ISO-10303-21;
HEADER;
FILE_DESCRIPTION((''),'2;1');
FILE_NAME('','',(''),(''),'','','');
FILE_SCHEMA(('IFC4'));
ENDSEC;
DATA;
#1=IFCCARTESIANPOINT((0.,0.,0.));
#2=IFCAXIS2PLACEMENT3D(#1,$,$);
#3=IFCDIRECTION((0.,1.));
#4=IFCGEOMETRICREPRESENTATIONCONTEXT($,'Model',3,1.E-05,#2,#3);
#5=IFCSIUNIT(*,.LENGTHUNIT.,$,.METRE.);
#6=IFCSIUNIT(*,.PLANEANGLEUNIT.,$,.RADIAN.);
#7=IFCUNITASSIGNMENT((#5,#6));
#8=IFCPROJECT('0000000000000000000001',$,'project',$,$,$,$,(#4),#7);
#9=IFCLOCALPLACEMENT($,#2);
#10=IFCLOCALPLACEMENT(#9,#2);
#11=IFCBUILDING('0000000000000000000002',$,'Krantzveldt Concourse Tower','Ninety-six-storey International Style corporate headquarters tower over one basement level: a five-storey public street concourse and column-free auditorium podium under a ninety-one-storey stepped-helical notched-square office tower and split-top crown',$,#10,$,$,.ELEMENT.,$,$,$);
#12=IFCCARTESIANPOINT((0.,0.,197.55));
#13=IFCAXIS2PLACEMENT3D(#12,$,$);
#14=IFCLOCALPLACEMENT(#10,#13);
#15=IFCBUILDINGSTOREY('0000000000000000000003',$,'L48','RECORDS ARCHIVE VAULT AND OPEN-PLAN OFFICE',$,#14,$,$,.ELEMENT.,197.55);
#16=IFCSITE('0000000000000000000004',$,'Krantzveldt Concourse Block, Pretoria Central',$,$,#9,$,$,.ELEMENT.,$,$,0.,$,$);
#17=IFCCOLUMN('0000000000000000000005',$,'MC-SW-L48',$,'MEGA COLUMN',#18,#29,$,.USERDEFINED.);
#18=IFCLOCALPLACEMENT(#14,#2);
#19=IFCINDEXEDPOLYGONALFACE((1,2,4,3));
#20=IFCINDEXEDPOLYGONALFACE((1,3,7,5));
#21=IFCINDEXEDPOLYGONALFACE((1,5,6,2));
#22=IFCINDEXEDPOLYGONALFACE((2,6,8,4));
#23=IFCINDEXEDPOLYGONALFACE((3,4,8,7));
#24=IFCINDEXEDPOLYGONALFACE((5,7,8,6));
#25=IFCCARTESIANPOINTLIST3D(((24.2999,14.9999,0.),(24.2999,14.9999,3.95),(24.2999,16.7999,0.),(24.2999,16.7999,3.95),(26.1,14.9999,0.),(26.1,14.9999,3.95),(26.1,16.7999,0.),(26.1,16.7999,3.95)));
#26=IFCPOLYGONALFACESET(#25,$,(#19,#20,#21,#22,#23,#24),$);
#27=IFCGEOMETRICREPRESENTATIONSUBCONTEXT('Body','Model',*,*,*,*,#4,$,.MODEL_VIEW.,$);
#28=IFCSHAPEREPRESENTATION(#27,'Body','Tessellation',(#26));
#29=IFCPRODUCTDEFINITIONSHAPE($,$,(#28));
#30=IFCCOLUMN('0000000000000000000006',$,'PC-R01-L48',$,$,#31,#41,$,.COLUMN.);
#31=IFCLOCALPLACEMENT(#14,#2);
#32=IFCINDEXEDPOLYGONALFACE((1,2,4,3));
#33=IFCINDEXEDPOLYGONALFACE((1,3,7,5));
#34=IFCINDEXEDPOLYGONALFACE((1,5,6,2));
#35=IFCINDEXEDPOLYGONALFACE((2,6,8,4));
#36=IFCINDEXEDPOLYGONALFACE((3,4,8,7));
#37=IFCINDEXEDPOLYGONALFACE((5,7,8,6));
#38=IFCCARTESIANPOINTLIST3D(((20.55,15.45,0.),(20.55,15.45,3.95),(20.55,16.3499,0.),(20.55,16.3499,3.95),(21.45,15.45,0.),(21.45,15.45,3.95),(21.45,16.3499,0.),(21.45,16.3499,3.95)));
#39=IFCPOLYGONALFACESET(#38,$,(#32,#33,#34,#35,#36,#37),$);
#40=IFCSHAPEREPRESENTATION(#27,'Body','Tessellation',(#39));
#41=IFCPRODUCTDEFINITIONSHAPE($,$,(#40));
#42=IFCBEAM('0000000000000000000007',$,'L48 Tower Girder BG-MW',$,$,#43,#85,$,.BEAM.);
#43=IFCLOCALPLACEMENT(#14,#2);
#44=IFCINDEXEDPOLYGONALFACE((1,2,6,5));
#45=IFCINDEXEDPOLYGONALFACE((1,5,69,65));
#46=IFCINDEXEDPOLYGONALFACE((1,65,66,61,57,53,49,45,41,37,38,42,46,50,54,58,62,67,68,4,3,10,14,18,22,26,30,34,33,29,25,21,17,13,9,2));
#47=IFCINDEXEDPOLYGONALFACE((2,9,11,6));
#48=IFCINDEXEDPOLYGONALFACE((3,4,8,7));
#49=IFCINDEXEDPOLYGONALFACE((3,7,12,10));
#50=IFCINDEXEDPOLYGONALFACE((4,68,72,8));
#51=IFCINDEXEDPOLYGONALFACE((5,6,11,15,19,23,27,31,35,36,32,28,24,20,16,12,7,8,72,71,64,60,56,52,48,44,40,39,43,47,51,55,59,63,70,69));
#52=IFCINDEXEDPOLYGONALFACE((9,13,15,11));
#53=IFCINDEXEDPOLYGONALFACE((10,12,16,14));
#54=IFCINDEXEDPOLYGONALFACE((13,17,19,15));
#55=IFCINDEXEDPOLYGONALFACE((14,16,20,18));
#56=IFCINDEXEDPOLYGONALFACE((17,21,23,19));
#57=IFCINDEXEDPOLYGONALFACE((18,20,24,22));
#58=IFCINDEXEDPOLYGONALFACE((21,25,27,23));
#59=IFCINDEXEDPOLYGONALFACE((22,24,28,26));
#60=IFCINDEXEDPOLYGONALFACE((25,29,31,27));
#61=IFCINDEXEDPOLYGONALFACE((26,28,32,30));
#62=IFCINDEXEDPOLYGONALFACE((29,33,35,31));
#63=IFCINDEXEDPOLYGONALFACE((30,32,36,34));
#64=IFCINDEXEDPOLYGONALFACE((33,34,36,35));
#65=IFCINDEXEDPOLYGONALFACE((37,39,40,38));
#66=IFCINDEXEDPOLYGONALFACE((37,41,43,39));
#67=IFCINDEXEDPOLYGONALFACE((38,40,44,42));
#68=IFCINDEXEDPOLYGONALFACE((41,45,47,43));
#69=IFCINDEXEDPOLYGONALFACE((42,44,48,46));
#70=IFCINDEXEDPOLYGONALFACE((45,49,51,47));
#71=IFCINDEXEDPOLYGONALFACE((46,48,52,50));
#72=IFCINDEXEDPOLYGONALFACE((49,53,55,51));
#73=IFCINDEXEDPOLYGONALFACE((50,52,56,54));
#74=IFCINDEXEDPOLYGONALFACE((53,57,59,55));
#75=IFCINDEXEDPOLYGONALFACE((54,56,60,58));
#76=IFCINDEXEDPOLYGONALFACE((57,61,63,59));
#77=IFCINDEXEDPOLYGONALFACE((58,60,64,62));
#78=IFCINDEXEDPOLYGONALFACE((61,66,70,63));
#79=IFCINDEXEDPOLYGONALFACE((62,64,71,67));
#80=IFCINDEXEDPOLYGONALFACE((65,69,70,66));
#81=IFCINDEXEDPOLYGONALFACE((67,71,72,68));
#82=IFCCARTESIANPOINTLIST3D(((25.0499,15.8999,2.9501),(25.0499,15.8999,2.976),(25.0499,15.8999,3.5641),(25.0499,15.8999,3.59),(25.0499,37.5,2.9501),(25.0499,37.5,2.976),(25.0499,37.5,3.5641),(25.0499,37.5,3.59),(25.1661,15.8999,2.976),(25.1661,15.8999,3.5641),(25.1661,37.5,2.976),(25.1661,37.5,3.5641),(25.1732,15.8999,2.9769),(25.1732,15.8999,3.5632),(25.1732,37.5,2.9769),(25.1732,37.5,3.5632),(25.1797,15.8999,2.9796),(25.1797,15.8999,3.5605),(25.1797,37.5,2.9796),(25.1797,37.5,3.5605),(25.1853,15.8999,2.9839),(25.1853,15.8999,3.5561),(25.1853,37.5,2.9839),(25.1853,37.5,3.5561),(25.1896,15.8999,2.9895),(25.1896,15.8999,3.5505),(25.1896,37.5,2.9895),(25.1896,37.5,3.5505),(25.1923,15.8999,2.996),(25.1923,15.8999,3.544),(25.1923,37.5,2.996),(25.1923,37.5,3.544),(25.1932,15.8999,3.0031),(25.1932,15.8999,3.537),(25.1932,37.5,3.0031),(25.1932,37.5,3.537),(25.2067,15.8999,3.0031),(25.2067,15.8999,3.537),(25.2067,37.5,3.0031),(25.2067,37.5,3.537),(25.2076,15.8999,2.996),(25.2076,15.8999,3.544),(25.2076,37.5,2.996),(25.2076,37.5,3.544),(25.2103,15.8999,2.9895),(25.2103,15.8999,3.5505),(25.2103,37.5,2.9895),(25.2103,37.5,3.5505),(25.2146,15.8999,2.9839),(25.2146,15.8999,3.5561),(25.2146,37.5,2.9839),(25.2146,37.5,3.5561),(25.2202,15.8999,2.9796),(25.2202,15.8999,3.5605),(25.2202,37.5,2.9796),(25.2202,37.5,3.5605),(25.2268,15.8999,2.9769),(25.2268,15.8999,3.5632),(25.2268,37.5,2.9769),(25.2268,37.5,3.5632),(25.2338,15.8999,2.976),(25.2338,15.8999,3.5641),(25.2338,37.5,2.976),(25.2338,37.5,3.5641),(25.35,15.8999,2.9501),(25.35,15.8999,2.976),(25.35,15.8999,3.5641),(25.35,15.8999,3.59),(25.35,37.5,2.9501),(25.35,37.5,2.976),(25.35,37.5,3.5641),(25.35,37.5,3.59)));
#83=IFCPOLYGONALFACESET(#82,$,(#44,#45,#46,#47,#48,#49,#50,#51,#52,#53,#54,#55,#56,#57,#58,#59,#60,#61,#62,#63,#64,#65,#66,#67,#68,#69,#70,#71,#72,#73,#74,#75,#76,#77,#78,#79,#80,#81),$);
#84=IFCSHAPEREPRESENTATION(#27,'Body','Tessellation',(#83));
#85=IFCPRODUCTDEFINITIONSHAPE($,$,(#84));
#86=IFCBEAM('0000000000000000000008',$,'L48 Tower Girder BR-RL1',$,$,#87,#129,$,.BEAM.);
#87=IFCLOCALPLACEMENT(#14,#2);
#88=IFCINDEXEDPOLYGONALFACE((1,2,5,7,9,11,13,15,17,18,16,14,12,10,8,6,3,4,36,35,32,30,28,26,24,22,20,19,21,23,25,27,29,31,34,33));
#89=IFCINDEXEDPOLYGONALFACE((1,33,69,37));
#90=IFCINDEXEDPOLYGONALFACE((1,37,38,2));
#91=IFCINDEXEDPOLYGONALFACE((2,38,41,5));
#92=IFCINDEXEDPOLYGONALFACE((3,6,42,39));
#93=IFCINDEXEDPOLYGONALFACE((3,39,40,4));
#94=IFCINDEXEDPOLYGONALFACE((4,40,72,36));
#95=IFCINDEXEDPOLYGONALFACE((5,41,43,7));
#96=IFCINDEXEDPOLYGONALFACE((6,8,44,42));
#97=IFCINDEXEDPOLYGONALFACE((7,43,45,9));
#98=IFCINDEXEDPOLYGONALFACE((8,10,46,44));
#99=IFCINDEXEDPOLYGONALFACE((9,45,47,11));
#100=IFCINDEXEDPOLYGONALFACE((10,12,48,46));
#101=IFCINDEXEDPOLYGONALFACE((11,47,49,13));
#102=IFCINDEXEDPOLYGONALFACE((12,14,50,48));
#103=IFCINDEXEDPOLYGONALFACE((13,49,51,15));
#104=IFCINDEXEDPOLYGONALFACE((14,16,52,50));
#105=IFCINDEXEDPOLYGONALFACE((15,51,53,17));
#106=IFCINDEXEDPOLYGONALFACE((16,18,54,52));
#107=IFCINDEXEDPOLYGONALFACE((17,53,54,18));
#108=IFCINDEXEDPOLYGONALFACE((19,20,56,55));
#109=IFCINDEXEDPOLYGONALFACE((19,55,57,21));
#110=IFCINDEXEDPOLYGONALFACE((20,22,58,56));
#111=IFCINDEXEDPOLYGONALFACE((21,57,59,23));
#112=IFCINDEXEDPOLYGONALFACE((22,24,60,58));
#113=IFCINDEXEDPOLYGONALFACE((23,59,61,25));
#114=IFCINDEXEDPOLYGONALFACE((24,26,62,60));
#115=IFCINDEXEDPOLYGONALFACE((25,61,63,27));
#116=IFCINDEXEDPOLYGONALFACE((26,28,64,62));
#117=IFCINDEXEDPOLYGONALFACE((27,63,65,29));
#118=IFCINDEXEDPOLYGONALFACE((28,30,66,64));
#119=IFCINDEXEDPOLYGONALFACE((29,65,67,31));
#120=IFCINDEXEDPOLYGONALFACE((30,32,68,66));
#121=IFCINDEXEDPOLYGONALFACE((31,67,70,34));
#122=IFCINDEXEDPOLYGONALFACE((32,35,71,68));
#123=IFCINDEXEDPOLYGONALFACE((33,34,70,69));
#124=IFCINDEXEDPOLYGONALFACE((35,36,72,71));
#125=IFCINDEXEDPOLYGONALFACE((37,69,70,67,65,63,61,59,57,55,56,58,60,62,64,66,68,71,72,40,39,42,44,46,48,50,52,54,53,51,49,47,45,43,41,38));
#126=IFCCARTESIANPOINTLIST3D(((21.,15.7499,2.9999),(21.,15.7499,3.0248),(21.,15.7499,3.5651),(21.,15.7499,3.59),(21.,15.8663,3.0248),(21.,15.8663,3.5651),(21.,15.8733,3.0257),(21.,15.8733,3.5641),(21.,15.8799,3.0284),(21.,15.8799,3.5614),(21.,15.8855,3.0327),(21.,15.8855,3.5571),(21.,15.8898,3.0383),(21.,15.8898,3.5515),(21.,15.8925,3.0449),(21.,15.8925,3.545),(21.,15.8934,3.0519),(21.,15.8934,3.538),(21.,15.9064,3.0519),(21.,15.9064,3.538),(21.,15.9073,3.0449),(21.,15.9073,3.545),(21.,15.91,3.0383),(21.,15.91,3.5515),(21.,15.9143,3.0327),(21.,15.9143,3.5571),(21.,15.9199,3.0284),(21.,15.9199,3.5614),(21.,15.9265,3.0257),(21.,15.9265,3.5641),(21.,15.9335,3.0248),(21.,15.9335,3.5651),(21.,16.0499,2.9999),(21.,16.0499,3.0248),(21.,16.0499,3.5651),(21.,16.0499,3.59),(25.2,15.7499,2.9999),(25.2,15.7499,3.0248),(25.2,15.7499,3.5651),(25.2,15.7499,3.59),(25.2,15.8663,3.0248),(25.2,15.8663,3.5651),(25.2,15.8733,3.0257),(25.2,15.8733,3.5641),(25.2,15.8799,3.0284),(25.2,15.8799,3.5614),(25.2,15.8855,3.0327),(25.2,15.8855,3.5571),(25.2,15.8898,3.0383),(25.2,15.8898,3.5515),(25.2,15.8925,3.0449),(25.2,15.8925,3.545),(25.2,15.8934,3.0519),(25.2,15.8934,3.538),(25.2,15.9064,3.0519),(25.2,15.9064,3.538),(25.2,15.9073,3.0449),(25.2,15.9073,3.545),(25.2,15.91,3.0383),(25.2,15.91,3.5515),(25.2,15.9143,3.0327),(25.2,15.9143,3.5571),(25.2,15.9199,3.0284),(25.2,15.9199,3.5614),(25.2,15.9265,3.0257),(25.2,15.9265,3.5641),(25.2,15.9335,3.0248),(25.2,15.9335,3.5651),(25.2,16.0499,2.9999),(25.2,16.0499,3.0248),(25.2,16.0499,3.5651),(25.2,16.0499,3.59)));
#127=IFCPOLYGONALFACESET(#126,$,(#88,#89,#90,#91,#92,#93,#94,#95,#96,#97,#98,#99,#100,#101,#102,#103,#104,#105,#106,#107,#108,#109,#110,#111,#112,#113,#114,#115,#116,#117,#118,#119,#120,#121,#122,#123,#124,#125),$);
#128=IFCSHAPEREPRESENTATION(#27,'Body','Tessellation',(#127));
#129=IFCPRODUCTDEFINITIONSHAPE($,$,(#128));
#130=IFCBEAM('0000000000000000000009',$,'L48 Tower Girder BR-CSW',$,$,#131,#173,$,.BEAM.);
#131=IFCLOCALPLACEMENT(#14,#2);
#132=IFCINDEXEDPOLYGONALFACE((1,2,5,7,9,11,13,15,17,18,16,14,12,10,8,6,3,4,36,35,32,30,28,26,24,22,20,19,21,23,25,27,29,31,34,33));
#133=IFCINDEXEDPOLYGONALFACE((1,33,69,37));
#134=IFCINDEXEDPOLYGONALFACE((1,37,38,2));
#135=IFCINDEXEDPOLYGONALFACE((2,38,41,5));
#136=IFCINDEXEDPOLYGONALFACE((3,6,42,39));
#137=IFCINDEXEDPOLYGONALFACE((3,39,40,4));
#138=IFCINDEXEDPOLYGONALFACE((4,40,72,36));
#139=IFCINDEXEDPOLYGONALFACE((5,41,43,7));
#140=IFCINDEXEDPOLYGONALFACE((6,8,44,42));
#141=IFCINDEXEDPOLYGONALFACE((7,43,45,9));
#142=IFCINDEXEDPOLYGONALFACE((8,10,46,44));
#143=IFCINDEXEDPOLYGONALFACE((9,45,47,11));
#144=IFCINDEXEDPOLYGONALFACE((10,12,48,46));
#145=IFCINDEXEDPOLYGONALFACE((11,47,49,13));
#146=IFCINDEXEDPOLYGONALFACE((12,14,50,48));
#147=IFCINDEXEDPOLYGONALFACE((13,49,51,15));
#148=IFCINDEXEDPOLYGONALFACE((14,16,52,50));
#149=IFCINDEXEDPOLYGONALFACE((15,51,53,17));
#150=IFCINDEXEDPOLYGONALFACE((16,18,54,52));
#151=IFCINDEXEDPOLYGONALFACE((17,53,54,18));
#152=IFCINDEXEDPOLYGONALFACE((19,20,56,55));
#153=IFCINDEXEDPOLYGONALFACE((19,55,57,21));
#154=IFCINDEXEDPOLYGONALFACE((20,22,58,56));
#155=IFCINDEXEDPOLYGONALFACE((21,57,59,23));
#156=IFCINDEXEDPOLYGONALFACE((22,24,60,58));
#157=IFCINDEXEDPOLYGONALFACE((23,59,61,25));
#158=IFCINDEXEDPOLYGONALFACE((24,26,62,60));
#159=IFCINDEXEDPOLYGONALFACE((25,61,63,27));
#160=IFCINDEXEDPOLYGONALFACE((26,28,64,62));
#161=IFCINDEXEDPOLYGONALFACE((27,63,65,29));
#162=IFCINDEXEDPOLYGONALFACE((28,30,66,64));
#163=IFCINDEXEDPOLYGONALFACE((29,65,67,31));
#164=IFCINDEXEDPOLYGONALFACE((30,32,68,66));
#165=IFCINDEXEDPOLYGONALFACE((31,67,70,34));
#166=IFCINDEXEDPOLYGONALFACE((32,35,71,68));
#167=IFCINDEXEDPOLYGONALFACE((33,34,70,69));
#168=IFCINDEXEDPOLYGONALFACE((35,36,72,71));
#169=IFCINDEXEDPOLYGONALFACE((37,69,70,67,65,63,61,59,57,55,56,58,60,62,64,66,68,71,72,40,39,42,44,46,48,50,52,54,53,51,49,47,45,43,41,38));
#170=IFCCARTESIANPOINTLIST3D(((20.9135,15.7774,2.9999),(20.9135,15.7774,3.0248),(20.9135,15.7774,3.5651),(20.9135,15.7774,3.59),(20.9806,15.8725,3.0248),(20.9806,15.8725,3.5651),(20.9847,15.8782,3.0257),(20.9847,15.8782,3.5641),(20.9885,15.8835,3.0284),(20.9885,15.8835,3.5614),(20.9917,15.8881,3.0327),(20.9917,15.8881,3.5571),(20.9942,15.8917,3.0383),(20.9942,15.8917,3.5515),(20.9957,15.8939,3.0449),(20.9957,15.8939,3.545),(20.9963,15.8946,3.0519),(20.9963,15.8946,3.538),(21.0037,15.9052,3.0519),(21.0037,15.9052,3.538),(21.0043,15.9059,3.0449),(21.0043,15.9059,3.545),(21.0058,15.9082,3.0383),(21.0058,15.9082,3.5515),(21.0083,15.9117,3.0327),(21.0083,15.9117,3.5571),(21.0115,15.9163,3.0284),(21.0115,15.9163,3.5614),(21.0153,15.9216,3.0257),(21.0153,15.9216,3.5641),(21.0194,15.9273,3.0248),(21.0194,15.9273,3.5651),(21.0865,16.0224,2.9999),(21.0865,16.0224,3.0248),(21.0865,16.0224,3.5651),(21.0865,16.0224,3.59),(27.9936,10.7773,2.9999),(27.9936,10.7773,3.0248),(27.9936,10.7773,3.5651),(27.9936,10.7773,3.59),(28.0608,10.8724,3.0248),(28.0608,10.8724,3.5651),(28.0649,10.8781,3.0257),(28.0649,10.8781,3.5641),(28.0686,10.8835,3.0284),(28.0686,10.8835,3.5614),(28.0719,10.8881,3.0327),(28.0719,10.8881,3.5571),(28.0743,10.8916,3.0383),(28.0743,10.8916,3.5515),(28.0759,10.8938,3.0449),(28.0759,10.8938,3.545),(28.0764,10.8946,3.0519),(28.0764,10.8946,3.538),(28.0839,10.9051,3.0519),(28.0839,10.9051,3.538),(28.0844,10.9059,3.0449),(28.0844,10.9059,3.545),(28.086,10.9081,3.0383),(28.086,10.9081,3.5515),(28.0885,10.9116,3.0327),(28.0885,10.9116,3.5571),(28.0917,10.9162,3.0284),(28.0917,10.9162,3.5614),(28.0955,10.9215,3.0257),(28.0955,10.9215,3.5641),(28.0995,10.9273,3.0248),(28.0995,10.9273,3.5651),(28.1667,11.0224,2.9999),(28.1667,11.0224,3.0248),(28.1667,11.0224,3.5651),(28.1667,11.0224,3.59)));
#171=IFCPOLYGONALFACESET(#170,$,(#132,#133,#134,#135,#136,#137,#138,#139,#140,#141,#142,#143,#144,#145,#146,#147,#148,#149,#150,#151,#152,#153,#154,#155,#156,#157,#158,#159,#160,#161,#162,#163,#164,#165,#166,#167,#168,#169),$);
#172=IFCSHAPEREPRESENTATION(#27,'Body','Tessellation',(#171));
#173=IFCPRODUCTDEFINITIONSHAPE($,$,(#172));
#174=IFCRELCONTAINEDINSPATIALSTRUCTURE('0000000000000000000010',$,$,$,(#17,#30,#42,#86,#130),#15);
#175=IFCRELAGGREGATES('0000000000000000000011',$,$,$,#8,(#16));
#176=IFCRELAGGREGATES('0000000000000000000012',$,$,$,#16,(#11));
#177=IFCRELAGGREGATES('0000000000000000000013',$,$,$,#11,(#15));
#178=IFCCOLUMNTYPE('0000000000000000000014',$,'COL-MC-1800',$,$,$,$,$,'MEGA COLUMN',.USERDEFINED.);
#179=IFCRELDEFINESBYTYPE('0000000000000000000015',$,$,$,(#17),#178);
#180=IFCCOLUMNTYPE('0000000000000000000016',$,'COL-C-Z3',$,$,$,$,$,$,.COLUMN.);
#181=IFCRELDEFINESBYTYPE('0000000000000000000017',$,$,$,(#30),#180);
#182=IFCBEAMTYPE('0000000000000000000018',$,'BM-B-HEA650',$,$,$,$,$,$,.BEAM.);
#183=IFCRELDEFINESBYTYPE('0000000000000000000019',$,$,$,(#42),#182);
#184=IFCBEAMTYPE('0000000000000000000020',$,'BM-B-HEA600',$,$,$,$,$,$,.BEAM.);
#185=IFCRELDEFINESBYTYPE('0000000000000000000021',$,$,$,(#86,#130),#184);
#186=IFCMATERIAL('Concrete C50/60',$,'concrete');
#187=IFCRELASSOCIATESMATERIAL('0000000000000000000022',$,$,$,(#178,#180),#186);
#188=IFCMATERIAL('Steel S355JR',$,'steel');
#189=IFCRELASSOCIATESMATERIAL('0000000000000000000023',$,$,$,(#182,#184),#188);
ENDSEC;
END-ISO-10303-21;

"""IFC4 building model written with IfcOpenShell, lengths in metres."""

from ifc_helpers import new_model, si_unit, direction, frame, origin, origin_2d, place, context, subcontext, project, spatial, rectangle, i_section, extrude, source, transform, mapped, material, material_profile, profile_set, type_object, type_shapes, element, save


model = new_model("IFC4")

# Units and contexts
model_context = context("Model", 3, precision=1e-05, world=origin(), true_north=direction((0.0, 1.0)))
body_context = subcontext(model_context, "Body", "Model", "MODEL_VIEW")
ifc_project = project(units=[si_unit("LENGTHUNIT", "METRE"), si_unit("PLANEANGLEUNIT", "RADIAN")], contexts=[model_context])

# Site, building, storey
site_placement = place(None, origin())
site = spatial("IfcSite", under=ifc_project, at=site_placement, Name="Krantzveldt Concourse Block, Pretoria Central", CompositionType="ELEMENT", RefElevation=0.0)
building_placement = place(site_placement, origin())
building = spatial("IfcBuilding", under=site, at=building_placement, Name="Krantzveldt Concourse Tower", Description="Ninety-six-storey International Style corporate headquarters tower over one basement level: a five-storey public street concourse and column-free auditorium podium under a ninety-one-storey stepped-helical notched-square office tower and split-top crown", CompositionType="ELEMENT")
storey_placement = place(building_placement, frame((0.0, 0.0, 197.55)))
storey = spatial("IfcBuildingStorey", under=building, at=storey_placement, Name="L48", Description="RECORDS ARCHIVE VAULT AND OPEN-PLAN OFFICE", CompositionType="ELEMENT", Elevation=197.55)

# Columns
ifc_material_1 = material(Name="Concrete C50/60", Category="concrete")
ifc_material_profile_1 = material_profile(ifc_material_1, rectangle(XDim=1.8, YDim=1.8, at=origin_2d()), Name="Concrete C50/60", Category="concrete")
ifc_profile_set_1 = profile_set([ifc_material_profile_1], Name="Concrete C50/60 - RC 1800x1800")
column_type_1 = type_object("IfcColumnType", Name="COL-MC-1800", ElementType="MEGA COLUMN", PredefinedType="USERDEFINED", material=ifc_profile_set_1)
shared_shape_1 = source(origin(), body_context, "Body", "SweptSolid", [
    extrude(rectangle(XDim=1.8, YDim=1.8, at=origin_2d()), origin(), (0.0, 0.0, 1.0), 3.95),
])
type_shapes(column_type_1, [shared_shape_1])
column_1_placement = place(storey_placement, frame((25.2, 15.8999, 0.0), z_axis=(0.0, 0.0, 1.0), x_axis=(1.0, 0.0, 0.0)))
element("IfcColumn", 1, at=column_1_placement, inside=storey, type_object=column_type_1, Name="MC-SW-L48", ObjectType="MEGA COLUMN", PredefinedType="USERDEFINED", context=body_context, shape_type="MappedRepresentation", body=[
    mapped(shared_shape_1, transform((0.0, 0.0, 0.0), x_axis=(1.0, 0.0, 0.0), y_axis=(0.0, 1.0, 0.0), z_axis=(0.0, 0.0, 1.0), scale=1.0)),
])
ifc_material_profile_2 = material_profile(ifc_material_1, rectangle(XDim=0.8999, YDim=0.8999, at=origin_2d()), Name="Concrete C50/60", Category="concrete")
ifc_profile_set_2 = profile_set([ifc_material_profile_2], Name="Concrete C50/60 - RC 900x900")
column_type_2 = type_object("IfcColumnType", Name="COL-C-Z3", PredefinedType="COLUMN", material=ifc_profile_set_2)
shared_shape_2 = source(origin(), body_context, "Body", "SweptSolid", [
    extrude(rectangle(XDim=0.8999, YDim=0.8999, at=origin_2d()), origin(), (0.0, 0.0, 1.0), 3.95),
])
type_shapes(column_type_2, [shared_shape_2])
column_2_placement = place(storey_placement, frame((21.0, 15.8999, 0.0), z_axis=(0.0, 0.0, 1.0), x_axis=(1.0, 0.0, 0.0)))
element("IfcColumn", 2, at=column_2_placement, inside=storey, type_object=column_type_2, Name="PC-R01-L48", PredefinedType="COLUMN", context=body_context, shape_type="MappedRepresentation", body=[
    mapped(shared_shape_2, transform((0.0, 0.0, 0.0), x_axis=(1.0, 0.0, 0.0), y_axis=(0.0, 1.0, 0.0), z_axis=(0.0, 0.0, 1.0), scale=1.0)),
])

# Beams
ifc_material_2 = material(Name="Steel S355JR", Category="steel")
ifc_material_profile_3 = material_profile(ifc_material_2, i_section(OverallWidth=0.3, OverallDepth=0.6399, WebThickness=0.0134, FlangeThickness=0.0259, FilletRadius=0.0271, at=origin_2d()), Name="Steel S355JR", Category="steel")
ifc_profile_set_3 = profile_set([ifc_material_profile_3], Name="Steel S355JR - HEA 650")
beam_type_1 = type_object("IfcBeamType", Name="BM-B-HEA650", PredefinedType="BEAM", material=ifc_profile_set_3)
shared_shape_3 = source(origin(), body_context, "Body", "SweptSolid", [
    extrude(i_section(OverallWidth=0.3, OverallDepth=0.6399, WebThickness=0.0134, FlangeThickness=0.0259, FilletRadius=0.0271, at=origin_2d()), origin(), (0.0, 0.0, 1.0), 21.6001),
])
beam_1_placement = place(storey_placement, frame((25.2, 15.8999, 3.27), z_axis=(0.0, 1.0, 0.0), x_axis=(-1.0, 0.0, 0.0)))
element("IfcBeam", 3, at=beam_1_placement, inside=storey, type_object=beam_type_1, Name="L48 Tower Girder BG-MW", PredefinedType="BEAM", context=body_context, shape_type="MappedRepresentation", body=[
    mapped(shared_shape_3, transform((0.0, 0.0, 0.0), x_axis=(1.0, 0.0, 0.0), y_axis=(0.0, 1.0, 0.0), z_axis=(0.0, 0.0, 1.0), scale=1.0)),
])
ifc_material_profile_4 = material_profile(ifc_material_2, i_section(OverallWidth=0.3, OverallDepth=0.5901, WebThickness=0.0129, FlangeThickness=0.0249, FilletRadius=0.0271, at=origin_2d()), Name="Steel S355JR", Category="steel")
ifc_profile_set_4 = profile_set([ifc_material_profile_4], Name="Steel S355JR - HEA 600")
beam_type_2 = type_object("IfcBeamType", Name="BM-B-HEA600", PredefinedType="BEAM", material=ifc_profile_set_4)
shared_shape_4 = source(origin(), body_context, "Body", "SweptSolid", [
    extrude(i_section(OverallWidth=0.3, OverallDepth=0.5901, WebThickness=0.0129, FlangeThickness=0.0249, FilletRadius=0.0271, at=origin_2d()), origin(), (0.0, 0.0, 1.0), 4.2),
])
beam_2_placement = place(storey_placement, frame((21.0, 15.8999, 3.2949), z_axis=(1.0, 0.0, 0.0), x_axis=(0.0, 1.0, 0.0)))
element("IfcBeam", 4, at=beam_2_placement, inside=storey, type_object=beam_type_2, Name="L48 Tower Girder BR-RL1", PredefinedType="BEAM", context=body_context, shape_type="MappedRepresentation", body=[
    mapped(shared_shape_4, transform((0.0, 0.0, 0.0), x_axis=(1.0, 0.0, 0.0), y_axis=(0.0, 1.0, 0.0), z_axis=(0.0, 0.0, 1.0), scale=1.0)),
])
shared_shape_5 = source(origin(), body_context, "Body", "SweptSolid", [
    extrude(i_section(OverallWidth=0.3, OverallDepth=0.5901, WebThickness=0.0129, FlangeThickness=0.0249, FilletRadius=0.0271, at=origin_2d()), origin(), (0.0, 0.0, 1.0), 8.6677),
])
type_shapes(beam_type_2, [shared_shape_4, shared_shape_5])
beam_3_placement = place(storey_placement, frame((21.0, 15.8999, 3.2949), z_axis=(0.816843, -0.57686, 0.0), x_axis=(0.57686, 0.816843, 0.0)))
element("IfcBeam", 5, at=beam_3_placement, inside=storey, type_object=beam_type_2, Name="L48 Tower Girder BR-CSW", PredefinedType="BEAM", context=body_context, shape_type="MappedRepresentation", body=[
    mapped(shared_shape_5, transform((0.0, 0.0, 0.0), x_axis=(1.0, 0.0, 0.0), y_axis=(0.0, 1.0, 0.0), z_axis=(0.0, 0.0, 1.0), scale=1.0)),
])

save(model, "model.ifc")
